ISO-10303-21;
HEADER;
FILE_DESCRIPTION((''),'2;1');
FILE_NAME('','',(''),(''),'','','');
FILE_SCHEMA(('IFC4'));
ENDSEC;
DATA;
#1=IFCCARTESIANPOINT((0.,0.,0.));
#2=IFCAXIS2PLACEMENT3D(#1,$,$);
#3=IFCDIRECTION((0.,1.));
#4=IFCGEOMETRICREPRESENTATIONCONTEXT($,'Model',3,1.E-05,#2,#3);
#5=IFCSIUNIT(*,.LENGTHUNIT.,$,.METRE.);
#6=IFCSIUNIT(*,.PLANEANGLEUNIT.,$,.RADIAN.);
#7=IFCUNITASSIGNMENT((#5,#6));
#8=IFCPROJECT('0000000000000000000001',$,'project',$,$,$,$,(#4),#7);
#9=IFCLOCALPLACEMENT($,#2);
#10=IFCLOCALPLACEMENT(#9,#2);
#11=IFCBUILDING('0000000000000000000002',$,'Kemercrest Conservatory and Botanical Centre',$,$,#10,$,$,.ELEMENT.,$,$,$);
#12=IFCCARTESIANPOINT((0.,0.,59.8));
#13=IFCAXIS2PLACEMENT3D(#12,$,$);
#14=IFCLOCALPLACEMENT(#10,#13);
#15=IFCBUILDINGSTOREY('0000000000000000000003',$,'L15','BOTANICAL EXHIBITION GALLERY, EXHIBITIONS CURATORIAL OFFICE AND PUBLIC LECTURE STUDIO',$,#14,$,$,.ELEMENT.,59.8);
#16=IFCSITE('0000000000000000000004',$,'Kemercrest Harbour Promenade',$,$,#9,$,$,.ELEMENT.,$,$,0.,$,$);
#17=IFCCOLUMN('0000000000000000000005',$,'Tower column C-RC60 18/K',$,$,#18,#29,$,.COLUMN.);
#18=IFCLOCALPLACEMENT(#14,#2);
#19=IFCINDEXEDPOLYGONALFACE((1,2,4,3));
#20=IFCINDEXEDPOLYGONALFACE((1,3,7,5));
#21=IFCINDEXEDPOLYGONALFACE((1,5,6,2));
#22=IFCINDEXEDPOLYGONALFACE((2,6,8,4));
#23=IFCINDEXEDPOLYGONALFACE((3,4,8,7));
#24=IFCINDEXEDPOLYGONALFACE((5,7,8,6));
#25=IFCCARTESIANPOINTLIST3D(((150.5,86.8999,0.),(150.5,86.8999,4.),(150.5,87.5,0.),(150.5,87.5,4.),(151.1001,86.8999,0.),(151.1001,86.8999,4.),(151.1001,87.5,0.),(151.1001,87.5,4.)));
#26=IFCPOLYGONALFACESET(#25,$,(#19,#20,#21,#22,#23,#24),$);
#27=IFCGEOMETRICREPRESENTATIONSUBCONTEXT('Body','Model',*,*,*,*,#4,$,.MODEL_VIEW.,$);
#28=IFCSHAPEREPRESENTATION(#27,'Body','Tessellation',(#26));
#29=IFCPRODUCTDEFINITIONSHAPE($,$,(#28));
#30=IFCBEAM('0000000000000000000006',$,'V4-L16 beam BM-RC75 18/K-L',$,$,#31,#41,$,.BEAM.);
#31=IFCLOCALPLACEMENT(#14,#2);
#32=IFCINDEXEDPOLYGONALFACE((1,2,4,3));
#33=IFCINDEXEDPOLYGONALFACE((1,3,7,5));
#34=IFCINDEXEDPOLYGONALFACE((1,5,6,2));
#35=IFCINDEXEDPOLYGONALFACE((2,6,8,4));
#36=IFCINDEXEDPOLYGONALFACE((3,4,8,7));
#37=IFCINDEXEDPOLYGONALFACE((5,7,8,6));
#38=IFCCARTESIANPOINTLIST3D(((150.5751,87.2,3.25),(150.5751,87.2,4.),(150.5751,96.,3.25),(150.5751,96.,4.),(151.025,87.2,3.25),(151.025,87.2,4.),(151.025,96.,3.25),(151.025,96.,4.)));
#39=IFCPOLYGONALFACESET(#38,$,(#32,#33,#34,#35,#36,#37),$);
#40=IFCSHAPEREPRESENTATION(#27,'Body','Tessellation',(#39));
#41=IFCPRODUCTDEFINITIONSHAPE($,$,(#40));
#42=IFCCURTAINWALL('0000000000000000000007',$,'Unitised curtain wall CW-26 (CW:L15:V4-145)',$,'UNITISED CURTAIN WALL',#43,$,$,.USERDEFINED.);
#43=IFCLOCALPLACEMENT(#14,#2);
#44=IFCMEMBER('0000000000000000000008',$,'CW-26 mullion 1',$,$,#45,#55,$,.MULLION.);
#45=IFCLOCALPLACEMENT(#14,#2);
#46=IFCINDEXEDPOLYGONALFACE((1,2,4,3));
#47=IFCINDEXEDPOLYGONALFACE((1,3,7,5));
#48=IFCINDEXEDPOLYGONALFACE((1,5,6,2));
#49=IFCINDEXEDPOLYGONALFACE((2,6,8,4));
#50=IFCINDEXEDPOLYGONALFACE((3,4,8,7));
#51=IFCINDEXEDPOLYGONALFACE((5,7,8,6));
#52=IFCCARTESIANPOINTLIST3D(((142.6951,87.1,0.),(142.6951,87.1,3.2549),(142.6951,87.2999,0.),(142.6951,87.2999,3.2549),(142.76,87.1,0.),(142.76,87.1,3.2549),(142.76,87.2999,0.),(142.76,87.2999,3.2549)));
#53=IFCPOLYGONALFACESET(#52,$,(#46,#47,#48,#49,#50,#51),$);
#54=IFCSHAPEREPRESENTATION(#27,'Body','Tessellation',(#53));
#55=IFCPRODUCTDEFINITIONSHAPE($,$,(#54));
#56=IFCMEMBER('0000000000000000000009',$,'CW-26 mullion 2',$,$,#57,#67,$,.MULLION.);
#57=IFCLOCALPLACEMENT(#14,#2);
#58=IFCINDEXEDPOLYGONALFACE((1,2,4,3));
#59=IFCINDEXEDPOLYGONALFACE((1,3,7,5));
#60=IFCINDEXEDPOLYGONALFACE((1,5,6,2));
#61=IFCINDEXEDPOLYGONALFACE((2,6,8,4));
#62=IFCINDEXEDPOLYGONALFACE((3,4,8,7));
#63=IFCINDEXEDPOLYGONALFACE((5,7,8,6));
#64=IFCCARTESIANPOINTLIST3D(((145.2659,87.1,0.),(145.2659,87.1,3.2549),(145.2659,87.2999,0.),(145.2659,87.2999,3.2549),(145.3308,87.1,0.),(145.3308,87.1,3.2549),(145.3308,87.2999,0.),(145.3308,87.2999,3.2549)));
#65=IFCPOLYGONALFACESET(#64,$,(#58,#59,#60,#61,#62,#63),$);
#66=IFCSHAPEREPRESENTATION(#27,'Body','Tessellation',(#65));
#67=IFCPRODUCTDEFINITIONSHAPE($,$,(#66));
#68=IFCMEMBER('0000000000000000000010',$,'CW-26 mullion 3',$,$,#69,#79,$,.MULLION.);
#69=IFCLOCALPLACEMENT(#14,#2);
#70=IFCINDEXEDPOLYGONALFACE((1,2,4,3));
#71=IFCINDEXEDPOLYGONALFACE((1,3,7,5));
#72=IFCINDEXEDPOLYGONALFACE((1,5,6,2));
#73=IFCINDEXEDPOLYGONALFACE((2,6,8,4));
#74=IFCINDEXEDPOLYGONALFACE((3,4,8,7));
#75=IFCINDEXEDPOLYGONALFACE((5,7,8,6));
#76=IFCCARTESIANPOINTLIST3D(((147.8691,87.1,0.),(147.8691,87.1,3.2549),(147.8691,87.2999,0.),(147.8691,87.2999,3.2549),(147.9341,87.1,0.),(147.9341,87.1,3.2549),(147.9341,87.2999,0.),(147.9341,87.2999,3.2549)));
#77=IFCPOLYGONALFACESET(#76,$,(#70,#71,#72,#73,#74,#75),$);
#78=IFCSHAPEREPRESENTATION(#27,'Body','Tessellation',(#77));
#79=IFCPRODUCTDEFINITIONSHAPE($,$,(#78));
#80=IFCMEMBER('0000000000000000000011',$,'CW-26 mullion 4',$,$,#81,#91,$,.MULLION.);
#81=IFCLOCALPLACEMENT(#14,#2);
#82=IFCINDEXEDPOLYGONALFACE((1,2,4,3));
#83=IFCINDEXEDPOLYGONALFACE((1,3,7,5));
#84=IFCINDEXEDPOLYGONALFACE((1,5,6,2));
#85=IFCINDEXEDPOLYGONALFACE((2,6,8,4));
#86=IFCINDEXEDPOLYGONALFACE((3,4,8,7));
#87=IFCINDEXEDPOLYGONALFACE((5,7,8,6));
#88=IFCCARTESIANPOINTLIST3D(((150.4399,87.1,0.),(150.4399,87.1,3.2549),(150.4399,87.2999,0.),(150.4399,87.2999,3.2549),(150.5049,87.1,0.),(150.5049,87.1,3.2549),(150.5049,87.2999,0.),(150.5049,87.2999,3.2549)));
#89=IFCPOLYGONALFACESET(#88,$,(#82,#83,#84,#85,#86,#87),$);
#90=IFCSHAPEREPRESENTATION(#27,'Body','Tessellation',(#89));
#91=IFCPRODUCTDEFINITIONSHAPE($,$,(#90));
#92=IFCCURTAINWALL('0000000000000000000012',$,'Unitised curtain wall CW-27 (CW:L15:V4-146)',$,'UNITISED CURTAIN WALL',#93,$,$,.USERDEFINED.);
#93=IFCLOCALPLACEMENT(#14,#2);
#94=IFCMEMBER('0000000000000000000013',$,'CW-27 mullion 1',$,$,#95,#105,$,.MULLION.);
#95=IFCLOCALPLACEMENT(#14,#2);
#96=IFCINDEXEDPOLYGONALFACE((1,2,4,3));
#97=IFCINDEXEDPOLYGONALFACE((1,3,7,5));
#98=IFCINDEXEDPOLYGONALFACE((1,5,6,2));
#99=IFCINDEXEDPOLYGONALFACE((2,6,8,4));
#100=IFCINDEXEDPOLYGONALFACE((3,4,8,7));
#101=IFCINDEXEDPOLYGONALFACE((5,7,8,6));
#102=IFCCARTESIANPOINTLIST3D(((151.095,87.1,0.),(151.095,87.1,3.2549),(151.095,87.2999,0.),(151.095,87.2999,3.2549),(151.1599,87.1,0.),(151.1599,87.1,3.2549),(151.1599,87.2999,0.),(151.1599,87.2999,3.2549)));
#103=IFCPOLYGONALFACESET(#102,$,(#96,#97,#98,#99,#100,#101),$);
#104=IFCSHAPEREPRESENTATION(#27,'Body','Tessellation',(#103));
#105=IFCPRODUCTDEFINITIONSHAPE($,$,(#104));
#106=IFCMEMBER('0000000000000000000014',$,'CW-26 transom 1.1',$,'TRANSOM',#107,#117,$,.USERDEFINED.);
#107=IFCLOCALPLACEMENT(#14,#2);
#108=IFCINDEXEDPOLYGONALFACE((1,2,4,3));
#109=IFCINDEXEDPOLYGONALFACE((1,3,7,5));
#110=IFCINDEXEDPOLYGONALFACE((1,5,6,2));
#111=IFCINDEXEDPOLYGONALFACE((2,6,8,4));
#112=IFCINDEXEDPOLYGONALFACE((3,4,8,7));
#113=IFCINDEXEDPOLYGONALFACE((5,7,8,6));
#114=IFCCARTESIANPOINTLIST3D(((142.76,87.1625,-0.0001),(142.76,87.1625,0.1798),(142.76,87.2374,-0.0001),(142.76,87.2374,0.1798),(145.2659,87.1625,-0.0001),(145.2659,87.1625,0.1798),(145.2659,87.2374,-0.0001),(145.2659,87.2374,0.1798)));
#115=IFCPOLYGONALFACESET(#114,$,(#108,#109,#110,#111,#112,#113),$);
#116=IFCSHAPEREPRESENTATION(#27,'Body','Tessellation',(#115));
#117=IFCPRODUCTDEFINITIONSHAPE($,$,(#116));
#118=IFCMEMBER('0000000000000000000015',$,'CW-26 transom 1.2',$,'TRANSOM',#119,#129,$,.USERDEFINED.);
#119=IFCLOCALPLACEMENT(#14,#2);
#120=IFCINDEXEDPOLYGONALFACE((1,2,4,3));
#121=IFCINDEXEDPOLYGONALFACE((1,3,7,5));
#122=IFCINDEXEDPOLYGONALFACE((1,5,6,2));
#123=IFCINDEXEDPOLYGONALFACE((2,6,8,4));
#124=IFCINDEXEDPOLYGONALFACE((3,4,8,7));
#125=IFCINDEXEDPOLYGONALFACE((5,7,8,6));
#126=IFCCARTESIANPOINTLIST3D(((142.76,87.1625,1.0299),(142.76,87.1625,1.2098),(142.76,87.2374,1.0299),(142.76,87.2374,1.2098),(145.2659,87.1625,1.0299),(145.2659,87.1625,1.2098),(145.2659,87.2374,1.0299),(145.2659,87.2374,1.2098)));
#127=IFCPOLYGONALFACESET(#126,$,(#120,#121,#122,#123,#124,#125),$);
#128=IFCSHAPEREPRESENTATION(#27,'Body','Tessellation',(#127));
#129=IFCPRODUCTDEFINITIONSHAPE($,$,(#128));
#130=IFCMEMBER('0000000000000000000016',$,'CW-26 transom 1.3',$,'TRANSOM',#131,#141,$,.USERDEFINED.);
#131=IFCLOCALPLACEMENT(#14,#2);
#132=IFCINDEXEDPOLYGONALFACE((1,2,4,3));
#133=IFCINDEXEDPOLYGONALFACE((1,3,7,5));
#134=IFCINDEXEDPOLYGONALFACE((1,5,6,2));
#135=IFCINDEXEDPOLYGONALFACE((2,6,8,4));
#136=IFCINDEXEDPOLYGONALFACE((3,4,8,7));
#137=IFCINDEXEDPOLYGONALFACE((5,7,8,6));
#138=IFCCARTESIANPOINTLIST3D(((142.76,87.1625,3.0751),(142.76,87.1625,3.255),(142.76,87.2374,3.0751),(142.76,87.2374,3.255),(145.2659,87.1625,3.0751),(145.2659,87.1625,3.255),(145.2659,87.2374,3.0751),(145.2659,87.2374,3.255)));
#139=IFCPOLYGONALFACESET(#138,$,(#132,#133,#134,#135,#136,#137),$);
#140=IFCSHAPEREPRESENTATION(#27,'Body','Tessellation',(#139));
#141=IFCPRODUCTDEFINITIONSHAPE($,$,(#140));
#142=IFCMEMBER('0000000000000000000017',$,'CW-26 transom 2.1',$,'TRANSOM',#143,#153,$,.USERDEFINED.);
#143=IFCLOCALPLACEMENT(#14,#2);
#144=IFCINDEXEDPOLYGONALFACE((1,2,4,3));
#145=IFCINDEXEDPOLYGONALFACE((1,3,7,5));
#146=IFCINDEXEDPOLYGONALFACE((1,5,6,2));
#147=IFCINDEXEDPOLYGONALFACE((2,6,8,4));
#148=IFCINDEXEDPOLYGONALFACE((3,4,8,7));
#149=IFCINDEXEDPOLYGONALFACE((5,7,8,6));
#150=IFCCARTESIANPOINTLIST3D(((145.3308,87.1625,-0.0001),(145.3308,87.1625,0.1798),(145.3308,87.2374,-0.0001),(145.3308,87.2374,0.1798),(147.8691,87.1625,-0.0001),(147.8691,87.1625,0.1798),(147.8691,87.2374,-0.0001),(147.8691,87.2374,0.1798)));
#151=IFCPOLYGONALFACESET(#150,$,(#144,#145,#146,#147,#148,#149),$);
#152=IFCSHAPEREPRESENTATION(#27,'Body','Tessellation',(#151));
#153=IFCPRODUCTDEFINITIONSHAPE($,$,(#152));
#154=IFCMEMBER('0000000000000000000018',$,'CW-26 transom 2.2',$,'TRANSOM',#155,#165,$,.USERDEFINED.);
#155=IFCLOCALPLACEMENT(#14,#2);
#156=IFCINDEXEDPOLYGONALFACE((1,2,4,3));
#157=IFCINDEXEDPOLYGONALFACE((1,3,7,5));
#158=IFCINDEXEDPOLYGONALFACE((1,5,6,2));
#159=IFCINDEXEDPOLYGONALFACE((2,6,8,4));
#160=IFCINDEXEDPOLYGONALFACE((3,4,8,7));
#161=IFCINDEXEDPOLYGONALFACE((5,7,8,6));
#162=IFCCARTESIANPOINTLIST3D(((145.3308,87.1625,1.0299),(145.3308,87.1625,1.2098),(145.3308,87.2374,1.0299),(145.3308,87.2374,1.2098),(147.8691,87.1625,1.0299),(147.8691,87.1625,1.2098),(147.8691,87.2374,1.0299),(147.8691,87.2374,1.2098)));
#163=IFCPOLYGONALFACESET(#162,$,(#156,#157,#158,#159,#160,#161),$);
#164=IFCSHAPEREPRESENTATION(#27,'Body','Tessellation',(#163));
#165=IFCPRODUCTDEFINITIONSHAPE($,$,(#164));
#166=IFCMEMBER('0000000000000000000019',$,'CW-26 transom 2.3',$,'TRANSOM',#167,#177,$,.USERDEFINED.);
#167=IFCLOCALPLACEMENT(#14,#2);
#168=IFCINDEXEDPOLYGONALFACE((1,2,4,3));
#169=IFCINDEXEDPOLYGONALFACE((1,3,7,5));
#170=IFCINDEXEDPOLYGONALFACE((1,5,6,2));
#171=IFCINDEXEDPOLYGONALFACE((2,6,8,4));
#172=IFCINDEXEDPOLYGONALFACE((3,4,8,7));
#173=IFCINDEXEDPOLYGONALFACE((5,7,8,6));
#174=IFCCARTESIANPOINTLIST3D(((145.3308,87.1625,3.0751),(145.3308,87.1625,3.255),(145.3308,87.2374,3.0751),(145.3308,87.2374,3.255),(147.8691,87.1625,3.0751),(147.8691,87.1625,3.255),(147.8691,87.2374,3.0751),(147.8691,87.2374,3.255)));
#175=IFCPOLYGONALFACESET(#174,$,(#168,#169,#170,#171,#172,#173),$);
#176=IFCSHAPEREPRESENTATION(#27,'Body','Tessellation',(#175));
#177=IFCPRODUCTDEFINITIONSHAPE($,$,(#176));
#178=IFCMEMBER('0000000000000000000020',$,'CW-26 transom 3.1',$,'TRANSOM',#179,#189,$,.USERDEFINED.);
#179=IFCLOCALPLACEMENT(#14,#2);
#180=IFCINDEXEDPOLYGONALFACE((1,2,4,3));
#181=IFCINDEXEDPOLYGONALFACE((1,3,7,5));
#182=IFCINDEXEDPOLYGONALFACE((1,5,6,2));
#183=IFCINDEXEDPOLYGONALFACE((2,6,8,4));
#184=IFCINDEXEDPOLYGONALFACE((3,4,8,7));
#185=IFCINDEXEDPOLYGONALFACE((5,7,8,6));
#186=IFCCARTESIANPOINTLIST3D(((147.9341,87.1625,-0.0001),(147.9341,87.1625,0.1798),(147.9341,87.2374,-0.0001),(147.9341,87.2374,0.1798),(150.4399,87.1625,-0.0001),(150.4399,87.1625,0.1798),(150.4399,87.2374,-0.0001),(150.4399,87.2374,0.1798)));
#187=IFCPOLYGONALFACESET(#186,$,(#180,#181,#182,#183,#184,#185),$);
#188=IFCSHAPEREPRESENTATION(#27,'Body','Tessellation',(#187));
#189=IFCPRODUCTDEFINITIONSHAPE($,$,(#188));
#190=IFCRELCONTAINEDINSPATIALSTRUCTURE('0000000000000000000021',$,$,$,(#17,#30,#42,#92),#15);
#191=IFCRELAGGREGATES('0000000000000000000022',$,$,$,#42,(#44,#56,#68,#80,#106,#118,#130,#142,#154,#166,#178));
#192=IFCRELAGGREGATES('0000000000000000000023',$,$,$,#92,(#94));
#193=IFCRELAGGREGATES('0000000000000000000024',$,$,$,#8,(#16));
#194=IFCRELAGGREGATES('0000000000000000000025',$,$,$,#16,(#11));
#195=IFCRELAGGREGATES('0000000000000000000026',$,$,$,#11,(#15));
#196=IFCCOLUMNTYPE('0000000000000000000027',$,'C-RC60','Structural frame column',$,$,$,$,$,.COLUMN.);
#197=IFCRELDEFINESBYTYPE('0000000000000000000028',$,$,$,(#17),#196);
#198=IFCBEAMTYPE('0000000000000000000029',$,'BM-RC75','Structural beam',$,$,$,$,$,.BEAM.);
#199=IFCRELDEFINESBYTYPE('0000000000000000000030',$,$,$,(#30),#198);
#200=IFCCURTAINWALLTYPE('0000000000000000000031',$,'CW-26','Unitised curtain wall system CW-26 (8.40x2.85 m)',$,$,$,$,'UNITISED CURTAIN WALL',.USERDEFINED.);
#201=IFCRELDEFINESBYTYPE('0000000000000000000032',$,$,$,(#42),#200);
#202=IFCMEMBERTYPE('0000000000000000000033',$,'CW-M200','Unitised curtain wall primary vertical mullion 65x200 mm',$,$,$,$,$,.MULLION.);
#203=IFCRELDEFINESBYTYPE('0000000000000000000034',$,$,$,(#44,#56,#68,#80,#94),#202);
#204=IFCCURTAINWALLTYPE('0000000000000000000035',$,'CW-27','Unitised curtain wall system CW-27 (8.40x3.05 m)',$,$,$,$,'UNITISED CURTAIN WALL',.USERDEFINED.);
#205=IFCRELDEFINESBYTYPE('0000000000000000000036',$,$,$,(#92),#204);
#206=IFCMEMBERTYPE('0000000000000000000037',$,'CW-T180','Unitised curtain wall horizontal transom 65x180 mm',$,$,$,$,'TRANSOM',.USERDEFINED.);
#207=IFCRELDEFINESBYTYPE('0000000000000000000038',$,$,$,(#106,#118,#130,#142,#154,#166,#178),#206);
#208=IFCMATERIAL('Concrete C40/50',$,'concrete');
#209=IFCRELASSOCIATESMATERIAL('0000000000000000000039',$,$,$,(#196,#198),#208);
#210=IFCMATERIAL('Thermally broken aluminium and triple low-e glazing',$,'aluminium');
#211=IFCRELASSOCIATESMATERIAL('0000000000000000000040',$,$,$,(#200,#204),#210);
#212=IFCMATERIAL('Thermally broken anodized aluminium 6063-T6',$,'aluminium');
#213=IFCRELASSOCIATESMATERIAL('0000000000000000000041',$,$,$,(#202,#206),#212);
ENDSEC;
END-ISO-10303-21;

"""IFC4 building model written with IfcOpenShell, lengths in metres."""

from ifc_helpers import new_model, si_unit, direction, frame, origin, origin_2d, place, context, subcontext, project, spatial, rectangle, extrude, material, material_profile, profile_set, type_object, element, aggregate, save


model = new_model("IFC4")

# Units and contexts
model_context = context("Model", 3, precision=1e-05, world=origin(), true_north=direction((0.0, 1.0)))
body_context = subcontext(model_context, "Body", "Model", "MODEL_VIEW")
ifc_project = project(units=[si_unit("LENGTHUNIT", "METRE"), si_unit("PLANEANGLEUNIT", "RADIAN")], contexts=[model_context])

# Site, building, storey
site_placement = place(None, origin())
site = spatial("IfcSite", under=ifc_project, at=site_placement, Name="Kemercrest Harbour Promenade", CompositionType="ELEMENT", RefElevation=0.0)
building_placement = place(site_placement, origin())
building = spatial("IfcBuilding", under=site, at=building_placement, Name="Kemercrest Conservatory and Botanical Centre", CompositionType="ELEMENT")
storey_placement = place(building_placement, frame((0.0, 0.0, 59.8)))
storey = spatial("IfcBuildingStorey", under=building, at=storey_placement, Name="L15", Description="BOTANICAL EXHIBITION GALLERY, EXHIBITIONS CURATORIAL OFFICE AND PUBLIC LECTURE STUDIO", CompositionType="ELEMENT", Elevation=59.8)

# Column
ifc_material_1 = material(Name="Concrete C40/50", Category="concrete")
ifc_material_profile_1 = material_profile(ifc_material_1, rectangle(XDim=0.6001, YDim=0.6001, at=origin_2d()), Name="RC 600x600")
ifc_profile_set_1 = profile_set([ifc_material_profile_1], Name="Concrete C40/50")
column_type = type_object("IfcColumnType", Name="C-RC60", Description="Structural frame column", PredefinedType="COLUMN", material=ifc_profile_set_1)
column_placement = place(storey_placement, frame((150.8, 87.2, 0.0), z_axis=(0.0, 0.0, 1.0), x_axis=(1.0, 0.0, 0.0)))
element("IfcColumn", 1, at=column_placement, inside=storey, type_object=column_type, Name="Tower column C-RC60 18/K", PredefinedType="COLUMN", context=body_context, shape_type="SweptSolid", body=[
    extrude(rectangle(XDim=0.6001, YDim=0.6001, at=origin_2d()), origin(), (0.0, 0.0, 1.0), 4.0),
])

# Beam
ifc_material_profile_2 = material_profile(ifc_material_1, rectangle(XDim=0.45, YDim=0.75, at=origin_2d()), Name="RC 450x750")
ifc_profile_set_2 = profile_set([ifc_material_profile_2], Name="Concrete C40/50")
beam_type_1 = type_object("IfcBeamType", Name="BM-RC75", Description="Structural beam", PredefinedType="BEAM", material=ifc_profile_set_2)
beam_1_placement = place(storey_placement, frame((150.8, 87.2, 3.625), z_axis=(0.0, 1.0, 0.0), x_axis=(-1.0, 0.0, 0.0)))
element("IfcBeam", 2, at=beam_1_placement, inside=storey, type_object=beam_type_1, Name="V4-L16 beam BM-RC75 18/K-L", PredefinedType="BEAM", context=body_context, shape_type="SweptSolid", body=[
    extrude(rectangle(XDim=0.45, YDim=0.75, at=origin_2d()), origin(), (0.0, 0.0, 1.0), 8.8),
])

# Curtain wall, members
ifc_material_2 = material(Name="Thermally broken aluminium and triple low-e glazing", Category="aluminium")
curtain_wall_type_1 = type_object("IfcCurtainWallType", Name="CW-26", Description="Unitised curtain wall system CW-26 (8.40x2.85 m)", ElementType="UNITISED CURTAIN WALL", PredefinedType="USERDEFINED", material=ifc_material_2)
curtain_wall_1_placement = place(storey_placement, origin())
curtain_wall_1 = element("IfcCurtainWall", 3, at=curtain_wall_1_placement, inside=storey, type_object=curtain_wall_type_1, Name="Unitised curtain wall CW-26 (CW:L15:V4-145)", ObjectType="UNITISED CURTAIN WALL", PredefinedType="USERDEFINED")
ifc_material_3 = material(Name="Thermally broken anodized aluminium 6063-T6", Category="aluminium")
ifc_material_profile_3 = material_profile(ifc_material_3, rectangle(XDim=0.2, YDim=0.0649, at=origin_2d()), Name="AL MULLION 65x200")
ifc_profile_set_3 = profile_set([ifc_material_profile_3], Name="Thermally broken anodized aluminium 6063-T6")
member_type_1 = type_object("IfcMemberType", Name="CW-M200", Description="Unitised curtain wall primary vertical mullion 65x200 mm", PredefinedType="MULLION", material=ifc_profile_set_3)
member_1_placement = place(storey_placement, frame((142.7275, 87.2, 0.0), z_axis=(0.0, 0.0, 1.0), x_axis=(0.0, 1.0, 0.0)))
member_1 = element("IfcMember", 4, at=member_1_placement, type_object=member_type_1, Name="CW-26 mullion 1", PredefinedType="MULLION", context=body_context, shape_type="SweptSolid", body=[
    extrude(rectangle(XDim=0.2, YDim=0.0649, at=origin_2d()), origin(), (0.0, 0.0, 1.0), 3.2549),
])
member_2_placement = place(storey_placement, frame((145.2983, 87.2, 0.0), z_axis=(0.0, 0.0, 1.0), x_axis=(0.0, 1.0, 0.0)))
member_2 = element("IfcMember", 5, at=member_2_placement, type_object=member_type_1, Name="CW-26 mullion 2", PredefinedType="MULLION", context=body_context, shape_type="SweptSolid", body=[
    extrude(rectangle(XDim=0.2, YDim=0.0649, at=origin_2d()), origin(), (0.0, 0.0, 1.0), 3.2549),
])
member_3_placement = place(storey_placement, frame((147.9016, 87.2, 0.0), z_axis=(0.0, 0.0, 1.0), x_axis=(0.0, 1.0, 0.0)))
member_3 = element("IfcMember", 6, at=member_3_placement, type_object=member_type_1, Name="CW-26 mullion 3", PredefinedType="MULLION", context=body_context, shape_type="SweptSolid", body=[
    extrude(rectangle(XDim=0.2, YDim=0.0649, at=origin_2d()), origin(), (0.0, 0.0, 1.0), 3.2549),
])
member_4_placement = place(storey_placement, frame((150.4724, 87.2, 0.0), z_axis=(0.0, 0.0, 1.0), x_axis=(0.0, 1.0, 0.0)))
member_4 = element("IfcMember", 7, at=member_4_placement, type_object=member_type_1, Name="CW-26 mullion 4", PredefinedType="MULLION", context=body_context, shape_type="SweptSolid", body=[
    extrude(rectangle(XDim=0.2, YDim=0.0649, at=origin_2d()), origin(), (0.0, 0.0, 1.0), 3.2549),
])

# Curtain wall, member
curtain_wall_type_2 = type_object("IfcCurtainWallType", Name="CW-27", Description="Unitised curtain wall system CW-27 (8.40x3.05 m)", ElementType="UNITISED CURTAIN WALL", PredefinedType="USERDEFINED", material=ifc_material_2)
curtain_wall_2_placement = place(storey_placement, origin())
curtain_wall_2 = element("IfcCurtainWall", 8, at=curtain_wall_2_placement, inside=storey, type_object=curtain_wall_type_2, Name="Unitised curtain wall CW-27 (CW:L15:V4-146)", ObjectType="UNITISED CURTAIN WALL", PredefinedType="USERDEFINED")
member_5_placement = place(storey_placement, frame((151.1274, 87.2, 0.0), z_axis=(0.0, 0.0, 1.0), x_axis=(0.0, 1.0, 0.0)))
member_5 = element("IfcMember", 9, at=member_5_placement, type_object=member_type_1, Name="CW-27 mullion 1", PredefinedType="MULLION", context=body_context, shape_type="SweptSolid", body=[
    extrude(rectangle(XDim=0.2, YDim=0.0649, at=origin_2d()), origin(), (0.0, 0.0, 1.0), 3.2549),
])

# Members
ifc_material_profile_4 = material_profile(ifc_material_3, rectangle(XDim=0.075, YDim=0.1799, at=origin_2d()), Name="AL TRANSOM 75x180")
ifc_profile_set_4 = profile_set([ifc_material_profile_4], Name="Thermally broken anodized aluminium 6063-T6")
member_type_2 = type_object("IfcMemberType", Name="CW-T180", Description="Unitised curtain wall horizontal transom 65x180 mm", ElementType="TRANSOM", PredefinedType="USERDEFINED", material=ifc_profile_set_4)
member_6_placement = place(storey_placement, frame((142.76, 87.2, 0.0898), z_axis=(1.0, 0.0, 0.0), x_axis=(0.0, 1.0, 0.0)))
member_6 = element("IfcMember", 10, at=member_6_placement, type_object=member_type_2, Name="CW-26 transom 1.1", ObjectType="TRANSOM", PredefinedType="USERDEFINED", context=body_context, shape_type="SweptSolid", body=[
    extrude(rectangle(XDim=0.075, YDim=0.1799, at=origin_2d()), origin(), (0.0, 0.0, 1.0), 2.5059),
])
member_7_placement = place(storey_placement, frame((142.76, 87.2, 1.1199), z_axis=(1.0, 0.0, 0.0), x_axis=(0.0, 1.0, 0.0)))
member_7 = element("IfcMember", 11, at=member_7_placement, type_object=member_type_2, Name="CW-26 transom 1.2", ObjectType="TRANSOM", PredefinedType="USERDEFINED", context=body_context, shape_type="SweptSolid", body=[
    extrude(rectangle(XDim=0.075, YDim=0.1799, at=origin_2d()), origin(), (0.0, 0.0, 1.0), 2.5059),
])
member_8_placement = place(storey_placement, frame((142.76, 87.2, 3.165), z_axis=(1.0, 0.0, 0.0), x_axis=(0.0, 1.0, 0.0)))
member_8 = element("IfcMember", 12, at=member_8_placement, type_object=member_type_2, Name="CW-26 transom 1.3", ObjectType="TRANSOM", PredefinedType="USERDEFINED", context=body_context, shape_type="SweptSolid", body=[
    extrude(rectangle(XDim=0.075, YDim=0.1799, at=origin_2d()), origin(), (0.0, 0.0, 1.0), 2.5059),
])
member_9_placement = place(storey_placement, frame((145.3308, 87.2, 0.0898), z_axis=(1.0, 0.0, 0.0), x_axis=(0.0, 1.0, 0.0)))
member_9 = element("IfcMember", 13, at=member_9_placement, type_object=member_type_2, Name="CW-26 transom 2.1", ObjectType="TRANSOM", PredefinedType="USERDEFINED", context=body_context, shape_type="SweptSolid", body=[
    extrude(rectangle(XDim=0.075, YDim=0.1799, at=origin_2d()), origin(), (0.0, 0.0, 1.0), 2.5383),
])
member_10_placement = place(storey_placement, frame((145.3308, 87.2, 1.1199), z_axis=(1.0, 0.0, 0.0), x_axis=(0.0, 1.0, 0.0)))
member_10 = element("IfcMember", 14, at=member_10_placement, type_object=member_type_2, Name="CW-26 transom 2.2", ObjectType="TRANSOM", PredefinedType="USERDEFINED", context=body_context, shape_type="SweptSolid", body=[
    extrude(rectangle(XDim=0.075, YDim=0.1799, at=origin_2d()), origin(), (0.0, 0.0, 1.0), 2.5383),
])
member_11_placement = place(storey_placement, frame((145.3308, 87.2, 3.165), z_axis=(1.0, 0.0, 0.0), x_axis=(0.0, 1.0, 0.0)))
member_11 = element("IfcMember", 15, at=member_11_placement, type_object=member_type_2, Name="CW-26 transom 2.3", ObjectType="TRANSOM", PredefinedType="USERDEFINED", context=body_context, shape_type="SweptSolid", body=[
    extrude(rectangle(XDim=0.075, YDim=0.1799, at=origin_2d()), origin(), (0.0, 0.0, 1.0), 2.5383),
])
member_12_placement = place(storey_placement, frame((147.9341, 87.2, 0.0898), z_axis=(1.0, 0.0, 0.0), x_axis=(0.0, 1.0, 0.0)))
member_12 = element("IfcMember", 16, at=member_12_placement, type_object=member_type_2, Name="CW-26 transom 3.1", ObjectType="TRANSOM", PredefinedType="USERDEFINED", context=body_context, shape_type="SweptSolid", body=[
    extrude(rectangle(XDim=0.075, YDim=0.1799, at=origin_2d()), origin(), (0.0, 0.0, 1.0), 2.5059),
])

aggregate(curtain_wall_1, [member_1, member_2, member_3, member_4, member_6, member_7, member_8, member_9, member_10, member_11, member_12])
aggregate(curtain_wall_2, [member_5])

save(model, "model.ifc")
